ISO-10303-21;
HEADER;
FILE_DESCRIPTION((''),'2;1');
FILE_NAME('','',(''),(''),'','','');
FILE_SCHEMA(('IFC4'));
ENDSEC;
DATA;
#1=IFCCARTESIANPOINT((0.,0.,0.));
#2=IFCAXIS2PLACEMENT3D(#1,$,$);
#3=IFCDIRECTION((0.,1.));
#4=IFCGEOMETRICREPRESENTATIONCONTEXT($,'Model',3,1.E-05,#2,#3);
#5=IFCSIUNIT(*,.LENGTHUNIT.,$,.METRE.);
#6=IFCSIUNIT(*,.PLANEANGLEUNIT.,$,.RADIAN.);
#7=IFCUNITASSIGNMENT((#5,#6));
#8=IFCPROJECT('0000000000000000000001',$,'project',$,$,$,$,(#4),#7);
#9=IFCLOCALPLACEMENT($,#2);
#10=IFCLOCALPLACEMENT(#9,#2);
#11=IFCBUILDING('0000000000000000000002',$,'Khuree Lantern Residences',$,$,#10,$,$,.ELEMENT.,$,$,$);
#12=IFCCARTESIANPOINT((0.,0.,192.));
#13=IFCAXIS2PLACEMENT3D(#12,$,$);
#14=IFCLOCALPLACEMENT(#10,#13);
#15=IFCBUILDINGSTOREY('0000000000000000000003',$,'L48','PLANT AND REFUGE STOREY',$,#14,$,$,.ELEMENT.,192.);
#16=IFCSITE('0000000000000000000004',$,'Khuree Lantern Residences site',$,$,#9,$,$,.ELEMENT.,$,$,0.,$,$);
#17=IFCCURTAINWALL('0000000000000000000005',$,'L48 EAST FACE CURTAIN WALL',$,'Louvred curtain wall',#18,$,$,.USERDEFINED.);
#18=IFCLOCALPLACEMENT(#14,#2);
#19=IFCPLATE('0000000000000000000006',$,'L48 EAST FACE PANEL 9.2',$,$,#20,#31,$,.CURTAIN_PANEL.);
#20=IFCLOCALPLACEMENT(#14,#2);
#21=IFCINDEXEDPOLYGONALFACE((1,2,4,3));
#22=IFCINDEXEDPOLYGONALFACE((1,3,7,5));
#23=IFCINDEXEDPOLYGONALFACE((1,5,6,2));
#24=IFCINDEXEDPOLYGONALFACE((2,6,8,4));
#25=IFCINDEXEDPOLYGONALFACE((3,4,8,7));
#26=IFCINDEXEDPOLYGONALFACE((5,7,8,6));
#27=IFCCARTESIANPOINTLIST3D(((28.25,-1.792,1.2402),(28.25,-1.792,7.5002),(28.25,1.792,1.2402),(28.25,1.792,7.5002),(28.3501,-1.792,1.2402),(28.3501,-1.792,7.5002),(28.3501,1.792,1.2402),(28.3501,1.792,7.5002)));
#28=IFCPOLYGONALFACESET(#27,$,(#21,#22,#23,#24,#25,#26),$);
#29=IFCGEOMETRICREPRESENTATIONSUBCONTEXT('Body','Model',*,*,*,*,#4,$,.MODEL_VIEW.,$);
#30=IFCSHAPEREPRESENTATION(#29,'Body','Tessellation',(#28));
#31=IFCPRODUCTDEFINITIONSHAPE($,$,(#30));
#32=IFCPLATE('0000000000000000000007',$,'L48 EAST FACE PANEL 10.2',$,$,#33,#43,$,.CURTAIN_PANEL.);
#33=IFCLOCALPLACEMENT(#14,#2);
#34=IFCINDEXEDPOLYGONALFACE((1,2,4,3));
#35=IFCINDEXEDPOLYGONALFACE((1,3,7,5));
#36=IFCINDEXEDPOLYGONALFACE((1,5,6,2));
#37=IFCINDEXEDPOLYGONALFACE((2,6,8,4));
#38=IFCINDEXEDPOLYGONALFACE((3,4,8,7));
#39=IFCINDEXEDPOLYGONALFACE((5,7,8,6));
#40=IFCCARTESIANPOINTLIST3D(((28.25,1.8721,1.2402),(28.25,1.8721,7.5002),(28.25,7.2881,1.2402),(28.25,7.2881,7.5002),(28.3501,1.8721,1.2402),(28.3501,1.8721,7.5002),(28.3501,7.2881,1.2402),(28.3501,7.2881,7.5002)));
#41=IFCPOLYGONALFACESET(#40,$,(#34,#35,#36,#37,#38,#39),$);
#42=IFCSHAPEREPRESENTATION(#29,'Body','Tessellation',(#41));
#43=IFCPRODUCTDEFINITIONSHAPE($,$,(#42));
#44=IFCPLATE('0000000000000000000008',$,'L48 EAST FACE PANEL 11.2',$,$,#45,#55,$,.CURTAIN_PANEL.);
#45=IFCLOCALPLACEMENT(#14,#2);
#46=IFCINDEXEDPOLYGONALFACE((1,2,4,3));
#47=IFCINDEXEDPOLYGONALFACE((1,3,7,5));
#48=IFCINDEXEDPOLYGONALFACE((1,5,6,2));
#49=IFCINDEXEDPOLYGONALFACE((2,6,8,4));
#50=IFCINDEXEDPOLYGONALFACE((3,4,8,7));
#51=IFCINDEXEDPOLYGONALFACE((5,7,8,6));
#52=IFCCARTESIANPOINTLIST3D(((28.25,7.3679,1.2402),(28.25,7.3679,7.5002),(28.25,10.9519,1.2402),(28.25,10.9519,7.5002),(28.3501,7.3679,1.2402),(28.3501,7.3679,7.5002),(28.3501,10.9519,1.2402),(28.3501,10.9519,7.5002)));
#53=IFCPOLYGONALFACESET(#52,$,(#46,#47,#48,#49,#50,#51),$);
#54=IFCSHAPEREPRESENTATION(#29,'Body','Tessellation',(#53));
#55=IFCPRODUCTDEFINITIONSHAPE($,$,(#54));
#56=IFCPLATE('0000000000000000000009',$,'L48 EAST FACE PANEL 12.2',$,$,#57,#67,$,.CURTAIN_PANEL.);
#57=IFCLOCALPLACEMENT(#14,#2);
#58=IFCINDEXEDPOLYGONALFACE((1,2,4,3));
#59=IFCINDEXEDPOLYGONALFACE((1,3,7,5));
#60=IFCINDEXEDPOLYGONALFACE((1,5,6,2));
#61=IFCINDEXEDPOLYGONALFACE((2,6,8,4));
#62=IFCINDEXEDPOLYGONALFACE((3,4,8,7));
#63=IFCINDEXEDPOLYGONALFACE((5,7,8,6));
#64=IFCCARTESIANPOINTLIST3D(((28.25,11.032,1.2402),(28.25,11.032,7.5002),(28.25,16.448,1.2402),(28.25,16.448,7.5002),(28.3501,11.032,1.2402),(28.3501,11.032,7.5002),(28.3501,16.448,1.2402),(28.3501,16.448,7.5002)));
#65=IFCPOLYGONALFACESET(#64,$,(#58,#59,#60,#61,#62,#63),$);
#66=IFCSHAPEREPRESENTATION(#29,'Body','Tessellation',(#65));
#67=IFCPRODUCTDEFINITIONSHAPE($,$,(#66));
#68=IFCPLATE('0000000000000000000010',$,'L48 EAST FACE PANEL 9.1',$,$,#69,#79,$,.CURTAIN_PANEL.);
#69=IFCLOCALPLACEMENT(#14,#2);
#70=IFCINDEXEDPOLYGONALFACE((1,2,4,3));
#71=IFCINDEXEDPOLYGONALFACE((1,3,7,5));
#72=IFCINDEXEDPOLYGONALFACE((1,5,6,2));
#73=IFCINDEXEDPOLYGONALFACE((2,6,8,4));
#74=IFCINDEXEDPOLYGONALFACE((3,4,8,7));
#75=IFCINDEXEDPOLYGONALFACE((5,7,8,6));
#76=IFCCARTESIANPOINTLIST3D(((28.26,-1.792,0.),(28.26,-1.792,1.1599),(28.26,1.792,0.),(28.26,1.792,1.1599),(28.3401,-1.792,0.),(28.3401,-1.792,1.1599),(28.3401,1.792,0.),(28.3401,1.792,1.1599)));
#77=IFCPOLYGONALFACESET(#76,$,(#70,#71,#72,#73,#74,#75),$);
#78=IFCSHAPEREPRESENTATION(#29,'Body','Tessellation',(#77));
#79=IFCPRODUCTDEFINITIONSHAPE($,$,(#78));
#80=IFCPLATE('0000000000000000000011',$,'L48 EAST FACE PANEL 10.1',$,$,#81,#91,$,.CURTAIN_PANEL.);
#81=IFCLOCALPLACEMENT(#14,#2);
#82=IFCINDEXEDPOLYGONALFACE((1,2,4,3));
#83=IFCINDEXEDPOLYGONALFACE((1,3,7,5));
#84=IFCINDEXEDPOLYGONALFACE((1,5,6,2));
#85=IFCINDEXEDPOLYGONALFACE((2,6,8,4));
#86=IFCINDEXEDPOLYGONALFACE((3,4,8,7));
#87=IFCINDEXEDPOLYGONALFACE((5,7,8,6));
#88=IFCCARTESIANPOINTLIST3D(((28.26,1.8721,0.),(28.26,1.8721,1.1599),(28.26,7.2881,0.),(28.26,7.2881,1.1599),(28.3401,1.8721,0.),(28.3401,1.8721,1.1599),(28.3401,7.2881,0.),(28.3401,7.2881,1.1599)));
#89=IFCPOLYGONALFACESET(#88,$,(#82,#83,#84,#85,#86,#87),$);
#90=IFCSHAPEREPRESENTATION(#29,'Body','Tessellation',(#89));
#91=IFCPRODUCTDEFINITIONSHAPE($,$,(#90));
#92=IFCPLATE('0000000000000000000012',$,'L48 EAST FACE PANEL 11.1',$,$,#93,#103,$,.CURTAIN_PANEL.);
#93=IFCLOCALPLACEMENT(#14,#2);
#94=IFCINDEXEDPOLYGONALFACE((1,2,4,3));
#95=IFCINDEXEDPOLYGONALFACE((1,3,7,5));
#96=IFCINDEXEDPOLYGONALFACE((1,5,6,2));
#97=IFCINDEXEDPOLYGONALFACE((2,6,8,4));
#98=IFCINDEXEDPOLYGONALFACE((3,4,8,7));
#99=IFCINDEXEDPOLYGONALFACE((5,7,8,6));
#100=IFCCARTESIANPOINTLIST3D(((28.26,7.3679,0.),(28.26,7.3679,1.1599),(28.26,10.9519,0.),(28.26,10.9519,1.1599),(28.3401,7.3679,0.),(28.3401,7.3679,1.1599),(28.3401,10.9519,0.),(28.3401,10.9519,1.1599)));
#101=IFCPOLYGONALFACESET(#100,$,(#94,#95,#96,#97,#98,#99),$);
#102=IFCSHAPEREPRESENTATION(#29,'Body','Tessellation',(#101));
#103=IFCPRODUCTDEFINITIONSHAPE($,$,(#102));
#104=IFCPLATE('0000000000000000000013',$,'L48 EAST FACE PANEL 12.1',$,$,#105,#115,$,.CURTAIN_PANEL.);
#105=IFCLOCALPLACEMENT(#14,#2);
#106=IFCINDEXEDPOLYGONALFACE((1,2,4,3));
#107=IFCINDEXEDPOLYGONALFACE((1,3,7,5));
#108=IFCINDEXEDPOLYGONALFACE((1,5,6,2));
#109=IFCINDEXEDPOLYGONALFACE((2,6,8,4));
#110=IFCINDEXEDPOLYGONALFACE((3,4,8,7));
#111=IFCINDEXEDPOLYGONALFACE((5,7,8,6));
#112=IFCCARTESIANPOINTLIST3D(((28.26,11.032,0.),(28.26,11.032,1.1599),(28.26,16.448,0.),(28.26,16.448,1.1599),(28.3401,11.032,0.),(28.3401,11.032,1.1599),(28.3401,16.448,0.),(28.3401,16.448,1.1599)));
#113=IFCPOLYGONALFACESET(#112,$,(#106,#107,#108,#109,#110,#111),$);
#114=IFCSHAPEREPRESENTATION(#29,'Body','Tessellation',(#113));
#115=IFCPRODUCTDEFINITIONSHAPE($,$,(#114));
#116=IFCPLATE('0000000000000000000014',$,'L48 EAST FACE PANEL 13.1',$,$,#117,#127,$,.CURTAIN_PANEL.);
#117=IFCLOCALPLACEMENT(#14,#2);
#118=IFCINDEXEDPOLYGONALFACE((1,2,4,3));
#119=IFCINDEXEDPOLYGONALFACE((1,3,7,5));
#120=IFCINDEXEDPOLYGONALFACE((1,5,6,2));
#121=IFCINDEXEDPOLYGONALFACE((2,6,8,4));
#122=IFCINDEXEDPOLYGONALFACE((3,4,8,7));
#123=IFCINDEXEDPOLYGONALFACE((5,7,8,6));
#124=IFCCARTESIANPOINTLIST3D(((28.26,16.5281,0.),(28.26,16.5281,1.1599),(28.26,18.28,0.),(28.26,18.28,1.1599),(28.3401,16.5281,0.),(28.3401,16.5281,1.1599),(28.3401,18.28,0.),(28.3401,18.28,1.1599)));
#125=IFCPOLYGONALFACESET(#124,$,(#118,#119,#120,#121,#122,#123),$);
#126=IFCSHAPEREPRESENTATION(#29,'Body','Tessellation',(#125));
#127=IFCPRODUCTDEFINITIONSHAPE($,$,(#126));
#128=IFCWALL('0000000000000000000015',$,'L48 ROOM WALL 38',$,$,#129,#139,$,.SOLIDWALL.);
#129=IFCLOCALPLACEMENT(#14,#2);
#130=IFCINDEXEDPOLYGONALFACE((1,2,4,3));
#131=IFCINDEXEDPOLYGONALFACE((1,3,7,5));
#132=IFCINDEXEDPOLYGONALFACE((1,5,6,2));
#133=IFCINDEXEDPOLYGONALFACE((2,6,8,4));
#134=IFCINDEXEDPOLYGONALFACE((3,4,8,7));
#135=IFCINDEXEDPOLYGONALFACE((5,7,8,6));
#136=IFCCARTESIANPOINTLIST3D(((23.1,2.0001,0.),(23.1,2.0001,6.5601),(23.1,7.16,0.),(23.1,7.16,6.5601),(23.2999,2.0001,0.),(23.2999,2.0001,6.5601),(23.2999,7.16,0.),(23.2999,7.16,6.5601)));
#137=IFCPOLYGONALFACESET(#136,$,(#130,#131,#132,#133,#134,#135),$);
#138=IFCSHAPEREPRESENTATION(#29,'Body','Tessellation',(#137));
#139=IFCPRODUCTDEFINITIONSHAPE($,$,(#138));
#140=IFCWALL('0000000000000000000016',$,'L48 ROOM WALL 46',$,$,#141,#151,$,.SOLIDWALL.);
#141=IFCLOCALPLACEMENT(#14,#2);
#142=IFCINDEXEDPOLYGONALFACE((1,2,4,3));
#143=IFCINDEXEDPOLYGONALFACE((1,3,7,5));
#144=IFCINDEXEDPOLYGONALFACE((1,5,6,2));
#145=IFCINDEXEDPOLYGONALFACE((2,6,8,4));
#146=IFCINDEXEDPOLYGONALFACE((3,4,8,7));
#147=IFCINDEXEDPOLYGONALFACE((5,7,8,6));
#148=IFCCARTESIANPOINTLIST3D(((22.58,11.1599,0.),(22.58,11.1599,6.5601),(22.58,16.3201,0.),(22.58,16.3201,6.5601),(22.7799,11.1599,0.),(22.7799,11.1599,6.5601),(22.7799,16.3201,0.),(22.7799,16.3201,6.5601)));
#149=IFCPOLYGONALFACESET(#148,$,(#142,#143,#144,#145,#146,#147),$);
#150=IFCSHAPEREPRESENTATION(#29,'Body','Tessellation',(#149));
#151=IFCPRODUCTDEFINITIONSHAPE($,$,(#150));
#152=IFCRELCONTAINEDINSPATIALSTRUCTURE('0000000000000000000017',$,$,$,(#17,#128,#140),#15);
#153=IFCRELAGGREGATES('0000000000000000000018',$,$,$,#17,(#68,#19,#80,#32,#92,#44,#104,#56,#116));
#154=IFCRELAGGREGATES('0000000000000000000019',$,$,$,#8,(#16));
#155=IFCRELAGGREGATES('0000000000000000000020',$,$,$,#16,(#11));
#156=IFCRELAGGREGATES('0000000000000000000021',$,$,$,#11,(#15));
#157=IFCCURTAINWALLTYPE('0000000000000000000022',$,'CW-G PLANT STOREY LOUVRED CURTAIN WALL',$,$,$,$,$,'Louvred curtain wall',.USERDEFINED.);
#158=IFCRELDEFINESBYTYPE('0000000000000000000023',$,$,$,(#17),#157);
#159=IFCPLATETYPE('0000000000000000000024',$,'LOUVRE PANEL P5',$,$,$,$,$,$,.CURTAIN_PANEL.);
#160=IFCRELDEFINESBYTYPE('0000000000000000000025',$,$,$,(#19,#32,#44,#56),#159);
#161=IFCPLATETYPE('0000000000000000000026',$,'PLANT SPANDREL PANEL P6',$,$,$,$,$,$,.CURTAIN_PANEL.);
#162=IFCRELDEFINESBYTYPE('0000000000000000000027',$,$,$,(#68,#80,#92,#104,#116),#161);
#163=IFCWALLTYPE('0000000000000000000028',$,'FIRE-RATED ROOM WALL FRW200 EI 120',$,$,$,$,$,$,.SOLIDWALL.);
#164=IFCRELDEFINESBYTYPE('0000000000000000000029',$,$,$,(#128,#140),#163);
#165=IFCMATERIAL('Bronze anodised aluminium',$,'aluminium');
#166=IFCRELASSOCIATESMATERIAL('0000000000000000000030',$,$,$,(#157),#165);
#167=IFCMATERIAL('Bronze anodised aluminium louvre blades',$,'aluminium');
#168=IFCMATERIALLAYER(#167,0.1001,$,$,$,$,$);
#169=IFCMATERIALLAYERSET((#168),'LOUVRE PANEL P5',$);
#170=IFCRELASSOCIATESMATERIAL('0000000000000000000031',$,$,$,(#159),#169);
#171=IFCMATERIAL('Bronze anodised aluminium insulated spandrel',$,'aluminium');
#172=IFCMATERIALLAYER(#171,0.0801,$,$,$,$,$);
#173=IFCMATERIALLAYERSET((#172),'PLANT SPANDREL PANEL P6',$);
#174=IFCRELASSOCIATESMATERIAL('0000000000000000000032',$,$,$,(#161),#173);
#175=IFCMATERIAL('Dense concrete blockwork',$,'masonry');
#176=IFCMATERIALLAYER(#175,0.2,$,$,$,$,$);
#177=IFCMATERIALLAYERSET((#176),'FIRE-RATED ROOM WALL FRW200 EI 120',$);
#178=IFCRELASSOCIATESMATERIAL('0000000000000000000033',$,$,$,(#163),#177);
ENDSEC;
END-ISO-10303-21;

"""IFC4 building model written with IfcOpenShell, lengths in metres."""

from ifc_helpers import new_model, si_unit, direction, frame, frame_2d, origin, origin_2d, place, context, subcontext, project, spatial, rectangle, extrude, material, layer, layer_set, type_object, element, aggregate, save


model = new_model("IFC4")

# Units and contexts
model_context = context("Model", 3, precision=1e-05, world=origin(), true_north=direction((0.0, 1.0)))
body_context = subcontext(model_context, "Body", "Model", "MODEL_VIEW")
ifc_project = project(units=[si_unit("LENGTHUNIT", "METRE"), si_unit("PLANEANGLEUNIT", "RADIAN")], contexts=[model_context])

# Site, building, storey
site_placement = place(None, origin())
site = spatial("IfcSite", under=ifc_project, at=site_placement, Name="Khuree Lantern Residences site", CompositionType="ELEMENT", RefElevation=0.0)
building_placement = place(site_placement, origin())
building = spatial("IfcBuilding", under=site, at=building_placement, Name="Khuree Lantern Residences", CompositionType="ELEMENT")
storey_placement = place(building_placement, frame((0.0, 0.0, 192.0)))
storey = spatial("IfcBuildingStorey", under=building, at=storey_placement, Name="L48", Description="PLANT AND REFUGE STOREY", CompositionType="ELEMENT", Elevation=192.0)

# Curtain wall
ifc_material_1 = material(Name="Bronze anodised aluminium", Category="aluminium")
curtain_wall_type = type_object("IfcCurtainWallType", Name="CW-G PLANT STOREY LOUVRED CURTAIN WALL", ElementType="Louvred curtain wall", PredefinedType="USERDEFINED", material=ifc_material_1)
curtain_wall_placement = place(storey_placement, origin())
curtain_wall = element("IfcCurtainWall", 1, at=curtain_wall_placement, inside=storey, type_object=curtain_wall_type, Name="L48 EAST FACE CURTAIN WALL", ObjectType="Louvred curtain wall", PredefinedType="USERDEFINED")

# Plates
ifc_material_2 = material(Name="Bronze anodised aluminium louvre blades", Category="aluminium")
ifc_layer_1 = layer(ifc_material_2, 0.1001)
ifc_layer_set_1 = layer_set([ifc_layer_1], Name="LOUVRE PANEL P5")
plate_type_1 = type_object("IfcPlateType", Name="LOUVRE PANEL P5", PredefinedType="CURTAIN_PANEL", material=ifc_layer_set_1)
plate_1_placement = place(storey_placement, frame((28.3, 0.0, 1.2402), z_axis=(0.0, 0.0, 1.0), x_axis=(0.0, 1.0, 0.0)))
plate_1 = element("IfcPlate", 2, at=plate_1_placement, type_object=plate_type_1, Name="L48 EAST FACE PANEL 9.2", PredefinedType="CURTAIN_PANEL", context=body_context, shape_type="SweptSolid", body=[
    extrude(rectangle(XDim=3.584, YDim=0.1001, at=origin_2d()), origin(), (0.0, 0.0, 1.0), 6.26),
])
plate_2_placement = place(storey_placement, frame((28.3, 4.5801, 1.2402), z_axis=(0.0, 0.0, 1.0), x_axis=(0.0, 1.0, 0.0)))
plate_2 = element("IfcPlate", 3, at=plate_2_placement, type_object=plate_type_1, Name="L48 EAST FACE PANEL 10.2", PredefinedType="CURTAIN_PANEL", context=body_context, shape_type="SweptSolid", body=[
    extrude(rectangle(XDim=5.416, YDim=0.1001, at=origin_2d()), origin(), (0.0, 0.0, 1.0), 6.26),
])
plate_3_placement = place(storey_placement, frame((28.3, 9.1599, 1.2402), z_axis=(0.0, 0.0, 1.0), x_axis=(0.0, 1.0, 0.0)))
plate_3 = element("IfcPlate", 4, at=plate_3_placement, type_object=plate_type_1, Name="L48 EAST FACE PANEL 11.2", PredefinedType="CURTAIN_PANEL", context=body_context, shape_type="SweptSolid", body=[
    extrude(rectangle(XDim=3.584, YDim=0.1001, at=origin_2d()), origin(), (0.0, 0.0, 1.0), 6.26),
])
plate_4_placement = place(storey_placement, frame((28.3, 13.74, 1.2402), z_axis=(0.0, 0.0, 1.0), x_axis=(0.0, 1.0, 0.0)))
plate_4 = element("IfcPlate", 5, at=plate_4_placement, type_object=plate_type_1, Name="L48 EAST FACE PANEL 12.2", PredefinedType="CURTAIN_PANEL", context=body_context, shape_type="SweptSolid", body=[
    extrude(rectangle(XDim=5.416, YDim=0.1001, at=origin_2d()), origin(), (0.0, 0.0, 1.0), 6.26),
])
ifc_material_3 = material(Name="Bronze anodised aluminium insulated spandrel", Category="aluminium")
ifc_layer_2 = layer(ifc_material_3, 0.0801)
ifc_layer_set_2 = layer_set([ifc_layer_2], Name="PLANT SPANDREL PANEL P6")
plate_type_2 = type_object("IfcPlateType", Name="PLANT SPANDREL PANEL P6", PredefinedType="CURTAIN_PANEL", material=ifc_layer_set_2)
plate_5_placement = place(storey_placement, frame((28.3, 0.0, 0.0), z_axis=(0.0, 0.0, 1.0), x_axis=(0.0, 1.0, 0.0)))
plate_5 = element("IfcPlate", 6, at=plate_5_placement, type_object=plate_type_2, Name="L48 EAST FACE PANEL 9.1", PredefinedType="CURTAIN_PANEL", context=body_context, shape_type="SweptSolid", body=[
    extrude(rectangle(XDim=3.584, YDim=0.0801, at=origin_2d()), origin(), (0.0, 0.0, 1.0), 1.1599),
])
plate_6_placement = place(storey_placement, frame((28.3, 4.5801, 0.0), z_axis=(0.0, 0.0, 1.0), x_axis=(0.0, 1.0, 0.0)))
plate_6 = element("IfcPlate", 7, at=plate_6_placement, type_object=plate_type_2, Name="L48 EAST FACE PANEL 10.1", PredefinedType="CURTAIN_PANEL", context=body_context, shape_type="SweptSolid", body=[
    extrude(rectangle(XDim=5.416, YDim=0.0801, at=origin_2d()), origin(), (0.0, 0.0, 1.0), 1.1599),
])
plate_7_placement = place(storey_placement, frame((28.3, 9.1599, 0.0), z_axis=(0.0, 0.0, 1.0), x_axis=(0.0, 1.0, 0.0)))
plate_7 = element("IfcPlate", 8, at=plate_7_placement, type_object=plate_type_2, Name="L48 EAST FACE PANEL 11.1", PredefinedType="CURTAIN_PANEL", context=body_context, shape_type="SweptSolid", body=[
    extrude(rectangle(XDim=3.584, YDim=0.0801, at=origin_2d()), origin(), (0.0, 0.0, 1.0), 1.1599),
])
plate_8_placement = place(storey_placement, frame((28.3, 13.74, 0.0), z_axis=(0.0, 0.0, 1.0), x_axis=(0.0, 1.0, 0.0)))
plate_8 = element("IfcPlate", 9, at=plate_8_placement, type_object=plate_type_2, Name="L48 EAST FACE PANEL 12.1", PredefinedType="CURTAIN_PANEL", context=body_context, shape_type="SweptSolid", body=[
    extrude(rectangle(XDim=5.416, YDim=0.0801, at=origin_2d()), origin(), (0.0, 0.0, 1.0), 1.1599),
])
plate_9_placement = place(storey_placement, frame((28.3, 17.4041, 0.0), z_axis=(0.0, 0.0, 1.0), x_axis=(0.0, 1.0, 0.0)))
plate_9 = element("IfcPlate", 10, at=plate_9_placement, type_object=plate_type_2, Name="L48 EAST FACE PANEL 13.1", PredefinedType="CURTAIN_PANEL", context=body_context, shape_type="SweptSolid", body=[
    extrude(rectangle(XDim=1.752, YDim=0.0801, at=origin_2d()), origin(), (0.0, 0.0, 1.0), 1.1599),
])
aggregate(curtain_wall, [plate_5, plate_1, plate_6, plate_2, plate_7, plate_3, plate_8, plate_4, plate_9])

# Walls
ifc_material_4 = material(Name="Dense concrete blockwork", Category="masonry")
ifc_layer_3 = layer(ifc_material_4, 0.2)
ifc_layer_set_3 = layer_set([ifc_layer_3], Name="FIRE-RATED ROOM WALL FRW200 EI 120")
wall_type = type_object("IfcWallType", Name="FIRE-RATED ROOM WALL FRW200 EI 120", PredefinedType="SOLIDWALL", material=ifc_layer_set_3)
wall_1_placement = place(storey_placement, frame((23.2, 2.0, 0.0), z_axis=(0.0, 0.0, 1.0), x_axis=(0.0, 1.0, 0.0)))
element("IfcWall", 11, at=wall_1_placement, inside=storey, type_object=wall_type, Name="L48 ROOM WALL 38", PredefinedType="SOLIDWALL", context=body_context, shape_type="SweptSolid", body=[
    extrude(rectangle(XDim=5.1599, YDim=0.2, at=frame_2d((2.5801, 0.0))), origin(), (0.0, 0.0, 1.0), 6.5601),
])
wall_2_placement = place(storey_placement, frame((22.6799, 11.1599, 0.0), z_axis=(0.0, 0.0, 1.0), x_axis=(0.0, 1.0, 0.0)))
element("IfcWall", 12, at=wall_2_placement, inside=storey, type_object=wall_type, Name="L48 ROOM WALL 46", PredefinedType="SOLIDWALL", context=body_context, shape_type="SweptSolid", body=[
    extrude(rectangle(XDim=5.1602, YDim=0.2, at=frame_2d((2.5801, 0.0))), origin(), (0.0, 0.0, 1.0), 6.5601),
])

save(model, "model.ifc")
